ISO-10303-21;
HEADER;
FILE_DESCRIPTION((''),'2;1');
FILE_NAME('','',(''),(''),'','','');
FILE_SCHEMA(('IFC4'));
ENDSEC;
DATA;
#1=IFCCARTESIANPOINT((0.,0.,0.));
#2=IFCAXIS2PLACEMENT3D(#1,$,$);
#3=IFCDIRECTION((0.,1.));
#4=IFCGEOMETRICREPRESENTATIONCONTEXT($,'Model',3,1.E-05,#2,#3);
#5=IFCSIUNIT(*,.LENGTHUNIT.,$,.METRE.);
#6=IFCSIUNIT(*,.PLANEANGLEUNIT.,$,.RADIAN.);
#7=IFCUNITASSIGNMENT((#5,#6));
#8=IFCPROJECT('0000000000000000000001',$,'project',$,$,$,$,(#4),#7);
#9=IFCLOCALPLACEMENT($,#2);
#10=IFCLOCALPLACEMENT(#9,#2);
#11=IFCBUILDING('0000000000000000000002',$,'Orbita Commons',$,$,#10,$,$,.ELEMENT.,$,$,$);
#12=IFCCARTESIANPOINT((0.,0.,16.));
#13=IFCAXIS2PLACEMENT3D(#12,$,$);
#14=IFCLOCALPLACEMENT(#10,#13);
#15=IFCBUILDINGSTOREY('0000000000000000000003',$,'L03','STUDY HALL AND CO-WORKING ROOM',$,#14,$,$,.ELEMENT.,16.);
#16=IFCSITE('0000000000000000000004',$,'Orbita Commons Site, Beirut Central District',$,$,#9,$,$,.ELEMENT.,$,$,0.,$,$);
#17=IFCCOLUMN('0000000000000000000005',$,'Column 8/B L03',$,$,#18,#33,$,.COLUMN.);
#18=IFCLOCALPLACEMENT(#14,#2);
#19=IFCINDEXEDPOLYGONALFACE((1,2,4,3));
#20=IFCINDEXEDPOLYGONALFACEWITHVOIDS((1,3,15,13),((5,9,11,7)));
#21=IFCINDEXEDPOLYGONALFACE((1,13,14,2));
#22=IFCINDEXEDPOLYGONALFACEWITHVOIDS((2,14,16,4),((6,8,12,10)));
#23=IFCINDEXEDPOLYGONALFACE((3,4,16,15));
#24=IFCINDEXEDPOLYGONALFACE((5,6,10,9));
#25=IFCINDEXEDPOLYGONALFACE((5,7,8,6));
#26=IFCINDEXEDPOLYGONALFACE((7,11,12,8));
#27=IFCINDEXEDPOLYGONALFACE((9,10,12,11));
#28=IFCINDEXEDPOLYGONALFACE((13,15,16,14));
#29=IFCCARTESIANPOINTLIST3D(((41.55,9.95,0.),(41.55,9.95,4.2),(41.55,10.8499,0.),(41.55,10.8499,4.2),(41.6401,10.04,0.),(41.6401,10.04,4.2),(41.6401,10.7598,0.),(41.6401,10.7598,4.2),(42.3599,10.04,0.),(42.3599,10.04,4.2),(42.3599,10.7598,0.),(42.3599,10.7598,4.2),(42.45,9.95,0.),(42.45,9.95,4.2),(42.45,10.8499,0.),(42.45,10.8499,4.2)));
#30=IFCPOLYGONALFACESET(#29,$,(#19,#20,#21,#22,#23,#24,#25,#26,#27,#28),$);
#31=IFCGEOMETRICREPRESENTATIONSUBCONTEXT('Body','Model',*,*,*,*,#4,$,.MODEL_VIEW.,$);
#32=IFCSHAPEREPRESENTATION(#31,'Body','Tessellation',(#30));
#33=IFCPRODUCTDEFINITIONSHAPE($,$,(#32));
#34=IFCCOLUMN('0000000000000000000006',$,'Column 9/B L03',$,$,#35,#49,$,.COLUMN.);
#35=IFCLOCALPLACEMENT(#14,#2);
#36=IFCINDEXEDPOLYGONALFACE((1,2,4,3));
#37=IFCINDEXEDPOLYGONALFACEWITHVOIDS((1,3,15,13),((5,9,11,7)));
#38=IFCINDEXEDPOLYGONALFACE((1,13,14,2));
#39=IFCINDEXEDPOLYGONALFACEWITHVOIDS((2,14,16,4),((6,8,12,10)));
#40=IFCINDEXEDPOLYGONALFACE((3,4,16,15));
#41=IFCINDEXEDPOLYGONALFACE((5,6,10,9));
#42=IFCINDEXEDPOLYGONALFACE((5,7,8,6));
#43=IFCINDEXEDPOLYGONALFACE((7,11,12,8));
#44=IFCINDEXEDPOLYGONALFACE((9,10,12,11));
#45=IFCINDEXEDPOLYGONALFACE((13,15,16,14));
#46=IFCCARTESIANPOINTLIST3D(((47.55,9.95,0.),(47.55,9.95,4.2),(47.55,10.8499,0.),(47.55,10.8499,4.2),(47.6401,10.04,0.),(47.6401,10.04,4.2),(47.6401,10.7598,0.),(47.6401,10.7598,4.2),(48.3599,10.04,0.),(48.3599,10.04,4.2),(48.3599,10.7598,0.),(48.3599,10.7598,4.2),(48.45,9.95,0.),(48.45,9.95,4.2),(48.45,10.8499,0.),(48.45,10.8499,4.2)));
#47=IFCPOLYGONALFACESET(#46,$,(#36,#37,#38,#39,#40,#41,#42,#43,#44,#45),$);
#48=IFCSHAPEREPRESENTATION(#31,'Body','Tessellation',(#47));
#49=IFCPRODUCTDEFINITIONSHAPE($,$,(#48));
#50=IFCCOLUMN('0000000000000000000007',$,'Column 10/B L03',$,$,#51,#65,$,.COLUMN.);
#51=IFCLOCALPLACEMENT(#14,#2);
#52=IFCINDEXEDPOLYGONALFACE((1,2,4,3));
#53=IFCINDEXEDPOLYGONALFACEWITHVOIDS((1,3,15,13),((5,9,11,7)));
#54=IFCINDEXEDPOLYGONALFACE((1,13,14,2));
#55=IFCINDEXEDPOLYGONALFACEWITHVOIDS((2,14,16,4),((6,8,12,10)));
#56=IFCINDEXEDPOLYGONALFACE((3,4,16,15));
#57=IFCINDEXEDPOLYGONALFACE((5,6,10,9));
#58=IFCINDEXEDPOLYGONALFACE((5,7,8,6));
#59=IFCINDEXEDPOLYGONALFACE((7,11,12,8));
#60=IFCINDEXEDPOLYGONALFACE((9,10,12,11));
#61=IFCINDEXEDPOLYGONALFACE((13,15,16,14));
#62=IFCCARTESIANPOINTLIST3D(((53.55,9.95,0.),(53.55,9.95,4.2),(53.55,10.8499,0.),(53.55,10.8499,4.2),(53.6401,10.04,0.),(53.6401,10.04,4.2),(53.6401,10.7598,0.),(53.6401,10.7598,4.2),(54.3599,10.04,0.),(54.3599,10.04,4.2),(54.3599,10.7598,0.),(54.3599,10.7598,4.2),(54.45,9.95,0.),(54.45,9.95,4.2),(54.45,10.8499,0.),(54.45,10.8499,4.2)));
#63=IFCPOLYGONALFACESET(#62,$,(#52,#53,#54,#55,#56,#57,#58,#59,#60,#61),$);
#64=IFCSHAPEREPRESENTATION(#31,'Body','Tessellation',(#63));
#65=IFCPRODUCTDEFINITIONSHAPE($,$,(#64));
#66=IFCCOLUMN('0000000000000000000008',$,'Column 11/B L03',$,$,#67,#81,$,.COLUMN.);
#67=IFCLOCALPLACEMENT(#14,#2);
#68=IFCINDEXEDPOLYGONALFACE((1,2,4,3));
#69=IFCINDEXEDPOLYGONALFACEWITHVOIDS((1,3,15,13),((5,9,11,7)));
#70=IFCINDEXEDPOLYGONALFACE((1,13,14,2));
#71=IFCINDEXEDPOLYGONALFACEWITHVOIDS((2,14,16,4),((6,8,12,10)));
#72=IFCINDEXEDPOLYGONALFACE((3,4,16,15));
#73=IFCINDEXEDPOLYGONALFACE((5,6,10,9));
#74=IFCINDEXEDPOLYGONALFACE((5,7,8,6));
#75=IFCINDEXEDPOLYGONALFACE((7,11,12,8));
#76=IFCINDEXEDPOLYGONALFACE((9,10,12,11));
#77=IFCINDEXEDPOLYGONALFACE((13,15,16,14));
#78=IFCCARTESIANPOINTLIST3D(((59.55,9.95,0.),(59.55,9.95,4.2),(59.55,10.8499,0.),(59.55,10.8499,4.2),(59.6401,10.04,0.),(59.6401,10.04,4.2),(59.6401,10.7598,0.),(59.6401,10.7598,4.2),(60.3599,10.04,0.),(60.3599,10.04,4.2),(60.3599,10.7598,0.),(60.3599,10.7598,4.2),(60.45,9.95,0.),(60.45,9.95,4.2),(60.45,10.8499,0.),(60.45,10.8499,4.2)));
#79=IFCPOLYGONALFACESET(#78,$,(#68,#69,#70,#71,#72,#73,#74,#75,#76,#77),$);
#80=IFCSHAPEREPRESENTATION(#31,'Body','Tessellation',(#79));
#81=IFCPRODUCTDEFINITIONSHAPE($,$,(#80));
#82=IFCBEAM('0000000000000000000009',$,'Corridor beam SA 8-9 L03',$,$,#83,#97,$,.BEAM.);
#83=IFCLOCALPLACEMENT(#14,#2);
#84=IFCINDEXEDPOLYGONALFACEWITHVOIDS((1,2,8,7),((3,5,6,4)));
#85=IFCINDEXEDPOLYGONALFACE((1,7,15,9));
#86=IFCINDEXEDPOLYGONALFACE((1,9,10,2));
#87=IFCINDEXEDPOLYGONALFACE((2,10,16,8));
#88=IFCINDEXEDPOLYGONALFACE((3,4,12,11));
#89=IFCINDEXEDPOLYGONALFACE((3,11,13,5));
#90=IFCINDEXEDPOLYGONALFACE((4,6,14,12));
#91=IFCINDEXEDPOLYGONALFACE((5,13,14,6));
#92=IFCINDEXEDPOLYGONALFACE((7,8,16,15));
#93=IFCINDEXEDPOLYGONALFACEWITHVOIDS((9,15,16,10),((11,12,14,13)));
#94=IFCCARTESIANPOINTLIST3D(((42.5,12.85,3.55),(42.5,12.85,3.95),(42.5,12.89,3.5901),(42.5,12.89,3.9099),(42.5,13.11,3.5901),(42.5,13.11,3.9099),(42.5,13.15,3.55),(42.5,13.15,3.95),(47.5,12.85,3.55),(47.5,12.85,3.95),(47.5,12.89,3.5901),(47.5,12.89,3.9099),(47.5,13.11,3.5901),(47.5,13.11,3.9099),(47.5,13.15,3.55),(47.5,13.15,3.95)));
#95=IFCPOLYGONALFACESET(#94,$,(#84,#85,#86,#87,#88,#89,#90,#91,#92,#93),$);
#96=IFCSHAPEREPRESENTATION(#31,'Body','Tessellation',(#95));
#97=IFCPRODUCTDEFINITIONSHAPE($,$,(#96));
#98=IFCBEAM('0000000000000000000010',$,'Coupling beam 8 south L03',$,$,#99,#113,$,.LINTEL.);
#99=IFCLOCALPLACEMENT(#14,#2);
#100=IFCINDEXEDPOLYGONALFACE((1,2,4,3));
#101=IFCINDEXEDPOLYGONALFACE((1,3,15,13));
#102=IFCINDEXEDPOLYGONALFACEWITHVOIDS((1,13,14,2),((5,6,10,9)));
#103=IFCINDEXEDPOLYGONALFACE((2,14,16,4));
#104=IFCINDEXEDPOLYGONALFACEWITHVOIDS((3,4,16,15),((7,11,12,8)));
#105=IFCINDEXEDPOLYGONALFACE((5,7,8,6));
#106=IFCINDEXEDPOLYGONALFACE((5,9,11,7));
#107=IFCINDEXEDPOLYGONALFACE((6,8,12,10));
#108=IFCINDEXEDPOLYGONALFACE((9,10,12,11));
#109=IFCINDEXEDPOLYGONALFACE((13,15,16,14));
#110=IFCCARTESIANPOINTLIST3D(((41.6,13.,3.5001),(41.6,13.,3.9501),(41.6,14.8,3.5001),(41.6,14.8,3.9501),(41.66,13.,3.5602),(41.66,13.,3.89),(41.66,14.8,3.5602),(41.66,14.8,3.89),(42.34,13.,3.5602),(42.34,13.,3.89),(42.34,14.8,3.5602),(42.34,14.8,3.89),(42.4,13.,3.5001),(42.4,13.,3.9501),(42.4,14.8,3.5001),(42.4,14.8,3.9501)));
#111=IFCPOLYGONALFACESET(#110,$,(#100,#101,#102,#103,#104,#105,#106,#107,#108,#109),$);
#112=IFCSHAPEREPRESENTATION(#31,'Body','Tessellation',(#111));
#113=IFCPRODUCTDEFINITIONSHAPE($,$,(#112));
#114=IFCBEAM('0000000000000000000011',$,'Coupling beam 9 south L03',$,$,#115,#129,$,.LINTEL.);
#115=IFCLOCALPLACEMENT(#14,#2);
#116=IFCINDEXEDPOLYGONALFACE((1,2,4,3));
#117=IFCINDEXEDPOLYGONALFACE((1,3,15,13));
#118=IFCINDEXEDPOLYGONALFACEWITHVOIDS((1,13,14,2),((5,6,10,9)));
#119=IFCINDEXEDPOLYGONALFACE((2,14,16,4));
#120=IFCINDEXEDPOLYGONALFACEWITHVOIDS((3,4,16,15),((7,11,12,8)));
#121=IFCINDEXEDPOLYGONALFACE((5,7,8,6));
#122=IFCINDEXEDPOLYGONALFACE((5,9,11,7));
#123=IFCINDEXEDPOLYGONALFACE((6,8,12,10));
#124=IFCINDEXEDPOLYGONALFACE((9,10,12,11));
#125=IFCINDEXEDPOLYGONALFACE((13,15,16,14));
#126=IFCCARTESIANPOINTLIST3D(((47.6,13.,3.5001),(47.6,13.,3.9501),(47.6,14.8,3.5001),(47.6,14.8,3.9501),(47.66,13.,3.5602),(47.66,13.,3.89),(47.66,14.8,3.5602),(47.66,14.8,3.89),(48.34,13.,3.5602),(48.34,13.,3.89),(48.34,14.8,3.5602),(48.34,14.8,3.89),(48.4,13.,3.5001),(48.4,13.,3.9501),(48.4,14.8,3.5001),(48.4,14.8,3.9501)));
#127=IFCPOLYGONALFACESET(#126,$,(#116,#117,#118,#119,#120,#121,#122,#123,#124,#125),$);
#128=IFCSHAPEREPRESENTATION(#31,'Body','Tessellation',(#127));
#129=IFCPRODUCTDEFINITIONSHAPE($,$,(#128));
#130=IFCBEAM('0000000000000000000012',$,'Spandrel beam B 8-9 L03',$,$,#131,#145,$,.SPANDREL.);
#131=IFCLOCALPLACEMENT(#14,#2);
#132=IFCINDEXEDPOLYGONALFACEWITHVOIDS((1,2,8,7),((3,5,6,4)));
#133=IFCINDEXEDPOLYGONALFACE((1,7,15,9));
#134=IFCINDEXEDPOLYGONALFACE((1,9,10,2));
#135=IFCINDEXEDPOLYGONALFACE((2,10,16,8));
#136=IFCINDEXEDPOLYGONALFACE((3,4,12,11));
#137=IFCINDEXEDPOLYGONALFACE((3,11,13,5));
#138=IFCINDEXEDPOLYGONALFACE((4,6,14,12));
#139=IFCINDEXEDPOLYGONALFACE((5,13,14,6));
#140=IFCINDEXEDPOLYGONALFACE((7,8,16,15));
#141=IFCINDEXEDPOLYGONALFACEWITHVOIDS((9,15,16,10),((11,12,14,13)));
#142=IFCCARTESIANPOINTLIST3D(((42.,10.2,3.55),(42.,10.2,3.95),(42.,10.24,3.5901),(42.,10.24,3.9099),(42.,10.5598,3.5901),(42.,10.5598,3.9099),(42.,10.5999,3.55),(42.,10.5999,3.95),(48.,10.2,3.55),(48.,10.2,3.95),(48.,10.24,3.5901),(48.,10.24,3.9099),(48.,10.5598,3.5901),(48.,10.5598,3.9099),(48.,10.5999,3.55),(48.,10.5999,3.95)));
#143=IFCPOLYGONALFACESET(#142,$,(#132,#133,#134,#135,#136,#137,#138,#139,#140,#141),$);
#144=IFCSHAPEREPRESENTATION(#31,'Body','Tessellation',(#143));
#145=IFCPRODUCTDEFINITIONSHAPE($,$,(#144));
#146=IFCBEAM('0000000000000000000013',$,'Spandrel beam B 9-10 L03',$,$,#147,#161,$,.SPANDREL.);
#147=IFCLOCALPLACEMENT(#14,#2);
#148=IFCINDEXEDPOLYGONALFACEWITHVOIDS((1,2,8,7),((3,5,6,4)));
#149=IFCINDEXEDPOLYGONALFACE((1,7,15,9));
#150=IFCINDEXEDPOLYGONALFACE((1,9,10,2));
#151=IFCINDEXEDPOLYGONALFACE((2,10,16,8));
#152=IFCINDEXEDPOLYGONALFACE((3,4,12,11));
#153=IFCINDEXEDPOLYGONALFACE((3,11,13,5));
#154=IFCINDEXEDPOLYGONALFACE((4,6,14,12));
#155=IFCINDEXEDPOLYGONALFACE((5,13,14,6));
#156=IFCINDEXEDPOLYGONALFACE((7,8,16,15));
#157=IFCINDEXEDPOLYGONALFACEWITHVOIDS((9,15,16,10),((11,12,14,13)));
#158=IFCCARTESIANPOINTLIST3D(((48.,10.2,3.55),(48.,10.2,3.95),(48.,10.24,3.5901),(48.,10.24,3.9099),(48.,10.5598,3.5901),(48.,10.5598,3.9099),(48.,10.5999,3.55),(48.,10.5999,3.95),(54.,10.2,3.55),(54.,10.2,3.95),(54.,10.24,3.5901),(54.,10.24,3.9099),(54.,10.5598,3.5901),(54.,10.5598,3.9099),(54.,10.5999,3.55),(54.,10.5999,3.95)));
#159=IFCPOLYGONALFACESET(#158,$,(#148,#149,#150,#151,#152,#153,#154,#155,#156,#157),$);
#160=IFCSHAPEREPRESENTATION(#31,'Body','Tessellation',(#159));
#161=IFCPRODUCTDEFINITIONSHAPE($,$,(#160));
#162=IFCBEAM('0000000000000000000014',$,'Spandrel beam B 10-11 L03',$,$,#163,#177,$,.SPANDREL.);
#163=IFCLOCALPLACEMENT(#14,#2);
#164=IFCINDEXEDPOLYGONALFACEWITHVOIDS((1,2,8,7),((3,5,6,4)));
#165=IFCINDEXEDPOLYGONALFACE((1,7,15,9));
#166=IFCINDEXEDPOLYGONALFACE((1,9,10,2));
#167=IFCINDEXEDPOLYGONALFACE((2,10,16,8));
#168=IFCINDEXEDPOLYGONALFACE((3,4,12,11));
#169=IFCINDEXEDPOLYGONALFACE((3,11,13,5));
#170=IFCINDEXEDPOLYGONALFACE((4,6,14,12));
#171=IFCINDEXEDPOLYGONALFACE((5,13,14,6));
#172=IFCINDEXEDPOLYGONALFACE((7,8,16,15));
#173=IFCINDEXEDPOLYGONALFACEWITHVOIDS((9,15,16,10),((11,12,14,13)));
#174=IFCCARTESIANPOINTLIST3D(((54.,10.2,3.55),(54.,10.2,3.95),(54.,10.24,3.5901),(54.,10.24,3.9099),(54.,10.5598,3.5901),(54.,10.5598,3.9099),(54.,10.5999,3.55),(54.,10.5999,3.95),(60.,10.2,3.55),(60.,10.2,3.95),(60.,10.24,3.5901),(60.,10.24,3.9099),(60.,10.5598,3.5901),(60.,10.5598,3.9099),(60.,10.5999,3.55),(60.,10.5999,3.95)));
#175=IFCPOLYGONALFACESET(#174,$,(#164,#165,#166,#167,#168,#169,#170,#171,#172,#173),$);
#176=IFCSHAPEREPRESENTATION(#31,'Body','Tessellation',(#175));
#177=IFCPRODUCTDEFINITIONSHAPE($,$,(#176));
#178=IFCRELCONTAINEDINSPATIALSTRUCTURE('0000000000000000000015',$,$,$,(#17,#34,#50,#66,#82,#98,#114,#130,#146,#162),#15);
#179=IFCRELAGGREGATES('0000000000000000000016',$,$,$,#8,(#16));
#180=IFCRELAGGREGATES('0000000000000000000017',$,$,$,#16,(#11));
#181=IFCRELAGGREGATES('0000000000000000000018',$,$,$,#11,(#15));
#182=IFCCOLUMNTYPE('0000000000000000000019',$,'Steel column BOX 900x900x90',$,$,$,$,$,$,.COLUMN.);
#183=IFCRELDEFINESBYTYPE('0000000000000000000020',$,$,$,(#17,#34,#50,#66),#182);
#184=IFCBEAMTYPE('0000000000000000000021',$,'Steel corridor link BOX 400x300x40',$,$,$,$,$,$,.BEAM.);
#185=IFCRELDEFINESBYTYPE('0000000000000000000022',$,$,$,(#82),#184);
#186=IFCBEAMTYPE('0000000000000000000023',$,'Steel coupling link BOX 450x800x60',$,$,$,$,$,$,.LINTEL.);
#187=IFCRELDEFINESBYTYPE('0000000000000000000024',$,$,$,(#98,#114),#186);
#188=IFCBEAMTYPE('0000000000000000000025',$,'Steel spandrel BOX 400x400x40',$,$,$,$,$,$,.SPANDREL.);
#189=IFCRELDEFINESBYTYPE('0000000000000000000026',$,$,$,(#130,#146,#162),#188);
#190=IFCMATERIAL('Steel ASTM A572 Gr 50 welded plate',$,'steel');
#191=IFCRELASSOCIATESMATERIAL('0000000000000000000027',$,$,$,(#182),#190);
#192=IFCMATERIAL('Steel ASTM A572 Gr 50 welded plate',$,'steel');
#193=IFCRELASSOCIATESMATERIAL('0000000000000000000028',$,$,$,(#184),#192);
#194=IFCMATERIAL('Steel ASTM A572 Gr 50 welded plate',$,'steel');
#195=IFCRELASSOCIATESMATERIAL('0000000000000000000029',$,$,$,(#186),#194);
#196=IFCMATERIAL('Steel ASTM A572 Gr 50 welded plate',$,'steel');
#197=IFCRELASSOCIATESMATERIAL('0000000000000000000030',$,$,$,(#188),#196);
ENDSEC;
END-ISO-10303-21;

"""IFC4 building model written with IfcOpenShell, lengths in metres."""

from ifc_helpers import new_model, si_unit, direction, frame, origin, origin_2d, place, context, subcontext, project, spatial, hollow_rectangle, extrude, material, material_profile, profile_set, type_object, element, save


model = new_model("IFC4")

# Units and contexts
model_context = context("Model", 3, precision=1e-05, world=origin(), true_north=direction((0.0, 1.0)))
body_context = subcontext(model_context, "Body", "Model", "MODEL_VIEW")
ifc_project = project(units=[si_unit("LENGTHUNIT", "METRE"), si_unit("PLANEANGLEUNIT", "RADIAN")], contexts=[model_context])

# Site, building, storey
site_placement = place(None, origin())
site = spatial("IfcSite", under=ifc_project, at=site_placement, Name="Orbita Commons Site, Beirut Central District", CompositionType="ELEMENT", RefElevation=0.0)
building_placement = place(site_placement, origin())
building = spatial("IfcBuilding", under=site, at=building_placement, Name="Orbita Commons", CompositionType="ELEMENT")
storey_placement = place(building_placement, frame((0.0, 0.0, 16.0)))
storey = spatial("IfcBuildingStorey", under=building, at=storey_placement, Name="L03", Description="STUDY HALL AND CO-WORKING ROOM", CompositionType="ELEMENT", Elevation=16.0)

# Columns
ifc_material_1 = material(Name="Steel ASTM A572 Gr 50 welded plate", Category="steel")
ifc_material_profile_1 = material_profile(ifc_material_1, hollow_rectangle(XDim=0.8999, YDim=0.8999, WallThickness=0.0901, at=origin_2d()), Name="BOX 900x900x90")
ifc_profile_set_1 = profile_set([ifc_material_profile_1], Name="Steel ASTM A572 Gr 50 welded plate")
column_type = type_object("IfcColumnType", Name="Steel column BOX 900x900x90", PredefinedType="COLUMN", material=ifc_profile_set_1)
for number, where, z_axis, x_axis, name in (
    (1, (42.0, 10.3999, 0.0), (0.0, 0.0, 1.0), (1.0, 0.0, 0.0), "Column 8/B L03"),
    (2, (48.0, 10.3999, 0.0), (0.0, 0.0, 1.0), (1.0, 0.0, 0.0), "Column 9/B L03"),
    (3, (54.0, 10.3999, 0.0), (0.0, 0.0, 1.0), (1.0, 0.0, 0.0), "Column 10/B L03"),
    (4, (60.0, 10.3999, 0.0), (0.0, 0.0, 1.0), (1.0, 0.0, 0.0), "Column 11/B L03"),
):
    element("IfcColumn", number, at=place(storey_placement, frame(where, z_axis=z_axis, x_axis=x_axis)), inside=storey, type_object=column_type, Name=name, PredefinedType="COLUMN", context=body_context, shape_type="SweptSolid", body=[
        extrude(hollow_rectangle(XDim=0.8999, YDim=0.8999, WallThickness=0.0901, at=origin_2d()), origin(), (0.0, 0.0, 1.0), 4.2),
    ])

# Beams
ifc_material_2 = material(Name="Steel ASTM A572 Gr 50 welded plate", Category="steel")
ifc_material_profile_2 = material_profile(ifc_material_2, hollow_rectangle(XDim=0.3, YDim=0.3999, WallThickness=0.04, at=origin_2d()), Name="BOX 400x300x40")
ifc_profile_set_2 = profile_set([ifc_material_profile_2], Name="Steel ASTM A572 Gr 50 welded plate")
beam_type_1 = type_object("IfcBeamType", Name="Steel corridor link BOX 400x300x40", PredefinedType="BEAM", material=ifc_profile_set_2)
beam_placement = place(storey_placement, frame((42.5, 13.0, 3.75), z_axis=(1.0, 0.0, 0.0), x_axis=(0.0, 1.0, 0.0)))
element("IfcBeam", 5, at=beam_placement, inside=storey, type_object=beam_type_1, Name="Corridor beam SA 8-9 L03", PredefinedType="BEAM", context=body_context, shape_type="SweptSolid", body=[
    extrude(hollow_rectangle(XDim=0.3, YDim=0.3999, WallThickness=0.04, at=origin_2d()), origin(), (0.0, 0.0, 1.0), 5.0),
])
ifc_material_3 = material(Name="Steel ASTM A572 Gr 50 welded plate", Category="steel")
ifc_material_profile_3 = material_profile(ifc_material_3, hollow_rectangle(XDim=0.8, YDim=0.45, WallThickness=0.0601, at=origin_2d()), Name="BOX 450x800x60")
ifc_profile_set_3 = profile_set([ifc_material_profile_3], Name="Steel ASTM A572 Gr 50 welded plate")
beam_type_2 = type_object("IfcBeamType", Name="Steel coupling link BOX 450x800x60", PredefinedType="LINTEL", material=ifc_profile_set_3)
for number, where, z_axis, x_axis, name in (
    (6, (42.0, 13.0, 3.7251), (0.0, 1.0, 0.0), (-1.0, 0.0, 0.0), "Coupling beam 8 south L03"),
    (7, (48.0, 13.0, 3.7251), (0.0, 1.0, 0.0), (-1.0, 0.0, 0.0), "Coupling beam 9 south L03"),
):
    element("IfcBeam", number, at=place(storey_placement, frame(where, z_axis=z_axis, x_axis=x_axis)), inside=storey, type_object=beam_type_2, Name=name, PredefinedType="LINTEL", context=body_context, shape_type="SweptSolid", body=[
        extrude(hollow_rectangle(XDim=0.8, YDim=0.45, WallThickness=0.0601, at=origin_2d()), origin(), (0.0, 0.0, 1.0), 1.8),
    ])
ifc_material_4 = material(Name="Steel ASTM A572 Gr 50 welded plate", Category="steel")
ifc_material_profile_4 = material_profile(ifc_material_4, hollow_rectangle(XDim=0.3999, YDim=0.3999, WallThickness=0.04, at=origin_2d()), Name="BOX 400x400x40")
ifc_profile_set_4 = profile_set([ifc_material_profile_4], Name="Steel ASTM A572 Gr 50 welded plate")
beam_type_3 = type_object("IfcBeamType", Name="Steel spandrel BOX 400x400x40", PredefinedType="SPANDREL", material=ifc_profile_set_4)
for number, where, z_axis, x_axis, name in (
    (8, (42.0, 10.3999, 3.75), (1.0, 0.0, 0.0), (0.0, 1.0, 0.0), "Spandrel beam B 8-9 L03"),
    (9, (48.0, 10.3999, 3.75), (1.0, 0.0, 0.0), (0.0, 1.0, 0.0), "Spandrel beam B 9-10 L03"),
    (10, (54.0, 10.3999, 3.75), (1.0, 0.0, 0.0), (0.0, 1.0, 0.0), "Spandrel beam B 10-11 L03"),
):
    element("IfcBeam", number, at=place(storey_placement, frame(where, z_axis=z_axis, x_axis=x_axis)), inside=storey, type_object=beam_type_3, Name=name, PredefinedType="SPANDREL", context=body_context, shape_type="SweptSolid", body=[
        extrude(hollow_rectangle(XDim=0.3999, YDim=0.3999, WallThickness=0.04, at=origin_2d()), origin(), (0.0, 0.0, 1.0), 6.0),
    ])

save(model, "model.ifc")
